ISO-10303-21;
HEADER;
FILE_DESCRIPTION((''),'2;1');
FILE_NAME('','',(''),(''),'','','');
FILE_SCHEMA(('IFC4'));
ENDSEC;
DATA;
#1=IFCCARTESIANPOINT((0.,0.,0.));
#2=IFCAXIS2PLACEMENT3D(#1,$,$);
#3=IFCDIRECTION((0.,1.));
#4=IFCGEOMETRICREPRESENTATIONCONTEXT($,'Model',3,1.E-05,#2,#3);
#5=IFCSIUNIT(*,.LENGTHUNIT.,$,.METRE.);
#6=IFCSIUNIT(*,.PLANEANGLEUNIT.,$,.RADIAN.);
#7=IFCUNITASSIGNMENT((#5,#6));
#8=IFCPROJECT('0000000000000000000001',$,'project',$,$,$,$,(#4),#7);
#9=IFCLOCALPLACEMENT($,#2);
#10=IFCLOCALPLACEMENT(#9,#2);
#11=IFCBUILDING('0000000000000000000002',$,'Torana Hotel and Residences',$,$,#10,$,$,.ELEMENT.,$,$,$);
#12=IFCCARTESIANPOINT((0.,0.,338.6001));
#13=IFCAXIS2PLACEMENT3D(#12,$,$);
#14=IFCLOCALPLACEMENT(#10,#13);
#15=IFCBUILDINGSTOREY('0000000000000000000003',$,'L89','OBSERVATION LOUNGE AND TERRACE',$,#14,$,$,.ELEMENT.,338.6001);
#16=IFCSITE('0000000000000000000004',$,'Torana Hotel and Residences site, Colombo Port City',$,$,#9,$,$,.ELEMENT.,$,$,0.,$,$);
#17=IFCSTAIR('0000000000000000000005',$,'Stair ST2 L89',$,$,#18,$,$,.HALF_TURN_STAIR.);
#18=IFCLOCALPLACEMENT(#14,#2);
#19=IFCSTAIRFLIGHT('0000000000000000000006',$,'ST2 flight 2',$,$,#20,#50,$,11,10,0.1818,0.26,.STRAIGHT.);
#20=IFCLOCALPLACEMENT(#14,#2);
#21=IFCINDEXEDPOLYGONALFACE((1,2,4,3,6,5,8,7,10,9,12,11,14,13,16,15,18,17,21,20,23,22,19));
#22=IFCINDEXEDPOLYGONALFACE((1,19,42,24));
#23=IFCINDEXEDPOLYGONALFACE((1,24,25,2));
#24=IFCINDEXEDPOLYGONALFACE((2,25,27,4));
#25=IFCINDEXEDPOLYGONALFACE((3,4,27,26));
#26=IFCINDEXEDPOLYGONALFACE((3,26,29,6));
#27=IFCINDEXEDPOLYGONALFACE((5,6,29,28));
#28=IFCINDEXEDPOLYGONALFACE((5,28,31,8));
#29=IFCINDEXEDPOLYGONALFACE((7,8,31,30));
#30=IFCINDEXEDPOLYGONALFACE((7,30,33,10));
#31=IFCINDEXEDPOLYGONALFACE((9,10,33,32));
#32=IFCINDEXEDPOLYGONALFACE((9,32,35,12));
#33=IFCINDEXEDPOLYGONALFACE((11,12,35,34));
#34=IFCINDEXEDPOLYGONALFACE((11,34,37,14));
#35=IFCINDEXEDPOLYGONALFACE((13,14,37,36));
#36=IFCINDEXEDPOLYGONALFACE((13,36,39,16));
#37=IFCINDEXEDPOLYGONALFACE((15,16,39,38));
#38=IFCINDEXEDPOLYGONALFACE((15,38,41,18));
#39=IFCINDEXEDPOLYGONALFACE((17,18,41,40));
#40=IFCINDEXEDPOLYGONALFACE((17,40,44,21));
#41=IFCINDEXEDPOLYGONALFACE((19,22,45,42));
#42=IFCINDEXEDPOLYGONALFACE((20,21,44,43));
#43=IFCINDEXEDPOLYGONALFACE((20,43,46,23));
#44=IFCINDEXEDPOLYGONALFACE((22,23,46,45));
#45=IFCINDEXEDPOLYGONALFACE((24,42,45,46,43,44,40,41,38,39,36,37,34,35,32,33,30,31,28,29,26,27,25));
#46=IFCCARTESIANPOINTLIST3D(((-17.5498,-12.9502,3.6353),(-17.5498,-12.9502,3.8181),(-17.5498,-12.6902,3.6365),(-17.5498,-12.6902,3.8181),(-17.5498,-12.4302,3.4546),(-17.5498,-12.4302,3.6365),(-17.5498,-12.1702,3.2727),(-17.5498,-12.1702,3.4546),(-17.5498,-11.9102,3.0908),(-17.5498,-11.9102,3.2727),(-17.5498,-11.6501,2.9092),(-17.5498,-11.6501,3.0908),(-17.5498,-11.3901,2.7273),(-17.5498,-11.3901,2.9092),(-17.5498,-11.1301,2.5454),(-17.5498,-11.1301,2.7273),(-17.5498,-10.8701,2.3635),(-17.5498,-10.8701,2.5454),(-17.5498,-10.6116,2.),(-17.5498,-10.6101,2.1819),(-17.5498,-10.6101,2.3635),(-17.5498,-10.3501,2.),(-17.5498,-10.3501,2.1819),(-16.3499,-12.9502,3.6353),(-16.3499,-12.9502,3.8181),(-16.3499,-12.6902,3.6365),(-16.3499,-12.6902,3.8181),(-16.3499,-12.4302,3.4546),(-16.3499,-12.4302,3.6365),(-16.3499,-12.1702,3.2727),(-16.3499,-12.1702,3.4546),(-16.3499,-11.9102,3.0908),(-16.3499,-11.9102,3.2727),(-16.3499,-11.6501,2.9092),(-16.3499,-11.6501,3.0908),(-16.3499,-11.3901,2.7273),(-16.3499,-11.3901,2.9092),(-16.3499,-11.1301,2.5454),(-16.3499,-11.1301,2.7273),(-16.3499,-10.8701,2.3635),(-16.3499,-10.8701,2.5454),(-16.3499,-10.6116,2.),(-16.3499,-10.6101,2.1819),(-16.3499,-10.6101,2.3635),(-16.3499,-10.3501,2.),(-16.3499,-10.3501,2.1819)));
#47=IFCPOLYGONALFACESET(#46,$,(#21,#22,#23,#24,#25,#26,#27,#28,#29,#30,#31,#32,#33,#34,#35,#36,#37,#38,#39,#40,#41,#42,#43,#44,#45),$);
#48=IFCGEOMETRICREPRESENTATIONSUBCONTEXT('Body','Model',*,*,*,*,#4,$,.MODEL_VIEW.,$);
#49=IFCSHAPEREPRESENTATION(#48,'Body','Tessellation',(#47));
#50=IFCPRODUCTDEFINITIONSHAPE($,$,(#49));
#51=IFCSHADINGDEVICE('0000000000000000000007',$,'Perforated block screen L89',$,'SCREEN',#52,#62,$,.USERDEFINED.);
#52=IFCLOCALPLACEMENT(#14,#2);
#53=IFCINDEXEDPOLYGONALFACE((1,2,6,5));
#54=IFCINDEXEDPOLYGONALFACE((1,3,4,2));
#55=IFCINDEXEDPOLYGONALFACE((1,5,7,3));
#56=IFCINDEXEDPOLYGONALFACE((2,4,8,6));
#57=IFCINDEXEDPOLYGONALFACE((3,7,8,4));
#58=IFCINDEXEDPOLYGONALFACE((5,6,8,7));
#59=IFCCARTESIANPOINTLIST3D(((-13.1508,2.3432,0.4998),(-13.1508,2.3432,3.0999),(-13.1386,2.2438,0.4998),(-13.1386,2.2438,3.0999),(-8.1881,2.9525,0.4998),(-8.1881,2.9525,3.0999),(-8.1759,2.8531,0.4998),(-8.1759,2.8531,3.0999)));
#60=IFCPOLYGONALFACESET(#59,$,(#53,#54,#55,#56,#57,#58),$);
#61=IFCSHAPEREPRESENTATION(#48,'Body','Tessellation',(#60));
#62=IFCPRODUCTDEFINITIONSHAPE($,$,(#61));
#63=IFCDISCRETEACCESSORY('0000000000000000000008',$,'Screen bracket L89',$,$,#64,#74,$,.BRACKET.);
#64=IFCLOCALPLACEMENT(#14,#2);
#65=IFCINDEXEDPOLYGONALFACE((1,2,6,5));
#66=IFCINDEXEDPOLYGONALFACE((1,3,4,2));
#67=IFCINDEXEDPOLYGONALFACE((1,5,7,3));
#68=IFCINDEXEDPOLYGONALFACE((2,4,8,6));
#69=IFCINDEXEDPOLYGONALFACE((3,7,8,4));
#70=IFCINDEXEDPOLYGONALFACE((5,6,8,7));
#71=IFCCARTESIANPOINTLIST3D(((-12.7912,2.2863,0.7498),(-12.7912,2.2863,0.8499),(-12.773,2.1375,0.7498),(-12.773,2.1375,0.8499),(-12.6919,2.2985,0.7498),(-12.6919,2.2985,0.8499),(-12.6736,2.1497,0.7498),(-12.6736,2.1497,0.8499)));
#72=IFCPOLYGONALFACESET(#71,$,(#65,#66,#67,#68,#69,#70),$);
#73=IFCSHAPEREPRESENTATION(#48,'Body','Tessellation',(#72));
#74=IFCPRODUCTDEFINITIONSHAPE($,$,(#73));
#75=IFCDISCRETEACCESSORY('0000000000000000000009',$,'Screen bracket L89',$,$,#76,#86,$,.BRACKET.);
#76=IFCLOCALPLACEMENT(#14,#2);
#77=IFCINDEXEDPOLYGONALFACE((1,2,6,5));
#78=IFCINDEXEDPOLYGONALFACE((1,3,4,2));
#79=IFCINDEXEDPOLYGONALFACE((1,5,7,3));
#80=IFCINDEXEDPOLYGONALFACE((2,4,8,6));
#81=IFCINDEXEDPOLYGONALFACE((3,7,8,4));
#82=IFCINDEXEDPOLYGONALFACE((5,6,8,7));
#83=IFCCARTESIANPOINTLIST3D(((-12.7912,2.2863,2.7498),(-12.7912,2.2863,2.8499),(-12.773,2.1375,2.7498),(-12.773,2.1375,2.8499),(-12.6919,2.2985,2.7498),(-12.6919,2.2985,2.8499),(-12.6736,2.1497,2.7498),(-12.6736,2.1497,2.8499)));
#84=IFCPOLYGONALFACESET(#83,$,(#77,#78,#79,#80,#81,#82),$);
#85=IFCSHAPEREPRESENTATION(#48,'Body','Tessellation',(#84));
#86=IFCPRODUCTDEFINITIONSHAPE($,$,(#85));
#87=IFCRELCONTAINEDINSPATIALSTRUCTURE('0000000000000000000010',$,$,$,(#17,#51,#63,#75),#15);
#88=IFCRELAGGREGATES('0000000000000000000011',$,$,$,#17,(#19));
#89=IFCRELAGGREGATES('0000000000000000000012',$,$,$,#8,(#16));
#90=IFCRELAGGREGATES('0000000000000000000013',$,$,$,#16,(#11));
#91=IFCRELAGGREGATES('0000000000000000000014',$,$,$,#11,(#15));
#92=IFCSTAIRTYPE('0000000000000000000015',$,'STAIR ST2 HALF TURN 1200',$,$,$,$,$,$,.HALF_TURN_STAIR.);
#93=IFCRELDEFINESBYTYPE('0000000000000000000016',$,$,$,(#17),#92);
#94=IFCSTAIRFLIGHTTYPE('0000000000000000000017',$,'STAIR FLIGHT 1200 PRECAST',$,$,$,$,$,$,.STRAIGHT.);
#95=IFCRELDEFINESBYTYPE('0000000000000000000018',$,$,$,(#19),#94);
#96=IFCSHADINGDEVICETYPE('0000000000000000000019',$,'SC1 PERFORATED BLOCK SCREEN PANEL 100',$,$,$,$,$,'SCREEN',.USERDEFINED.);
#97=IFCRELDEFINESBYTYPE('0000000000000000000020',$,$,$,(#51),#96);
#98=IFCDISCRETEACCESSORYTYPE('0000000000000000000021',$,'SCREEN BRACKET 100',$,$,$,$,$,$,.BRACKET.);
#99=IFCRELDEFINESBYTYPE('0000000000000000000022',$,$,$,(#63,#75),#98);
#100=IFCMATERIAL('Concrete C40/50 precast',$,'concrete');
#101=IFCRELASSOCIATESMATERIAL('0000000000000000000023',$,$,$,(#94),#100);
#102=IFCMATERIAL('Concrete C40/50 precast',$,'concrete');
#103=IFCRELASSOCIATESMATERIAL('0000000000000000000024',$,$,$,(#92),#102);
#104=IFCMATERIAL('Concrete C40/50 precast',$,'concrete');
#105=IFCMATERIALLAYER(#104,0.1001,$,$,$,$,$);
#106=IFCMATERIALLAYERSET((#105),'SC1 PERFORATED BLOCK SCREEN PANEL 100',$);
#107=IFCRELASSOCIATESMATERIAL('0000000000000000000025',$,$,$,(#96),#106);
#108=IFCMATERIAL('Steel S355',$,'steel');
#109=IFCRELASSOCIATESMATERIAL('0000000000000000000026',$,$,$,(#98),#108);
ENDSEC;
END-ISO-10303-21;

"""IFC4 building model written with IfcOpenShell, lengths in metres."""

from ifc_helpers import new_model, si_unit, direction, frame, origin, origin_2d, place, context, subcontext, project, spatial, polyline, rectangle, outline, extrude, material, layer, layer_set, type_object, element, aggregate, save


model = new_model("IFC4")

# Units and contexts
model_context = context("Model", 3, precision=1e-05, world=origin(), true_north=direction((0.0, 1.0)))
body_context = subcontext(model_context, "Body", "Model", "MODEL_VIEW")
ifc_project = project(units=[si_unit("LENGTHUNIT", "METRE"), si_unit("PLANEANGLEUNIT", "RADIAN")], contexts=[model_context])

# Site, building, storey
site_placement = place(None, origin())
site = spatial("IfcSite", under=ifc_project, at=site_placement, Name="Torana Hotel and Residences site, Colombo Port City", CompositionType="ELEMENT", RefElevation=0.0)
building_placement = place(site_placement, origin())
building = spatial("IfcBuilding", under=site, at=building_placement, Name="Torana Hotel and Residences", CompositionType="ELEMENT")
storey_placement = place(building_placement, frame((0.0, 0.0, 338.6001)))
storey = spatial("IfcBuildingStorey", under=building, at=storey_placement, Name="L89", Description="OBSERVATION LOUNGE AND TERRACE", CompositionType="ELEMENT", Elevation=338.6001)

# Stair, stair flight
ifc_material_1 = material(Name="Concrete C40/50 precast", Category="concrete")
stair_flight_type = type_object("IfcStairFlightType", Name="STAIR FLIGHT 1200 PRECAST", PredefinedType="STRAIGHT", material=ifc_material_1)
ifc_material_2 = material(Name="Concrete C40/50 precast", Category="concrete")
stair_type_1 = type_object("IfcStairType", Name="STAIR ST2 HALF TURN 1200", PredefinedType="HALF_TURN_STAIR", material=ifc_material_2)
stair_1_placement = place(storey_placement, origin())
stair_1 = element("IfcStair", 1, at=stair_1_placement, inside=storey, type_object=stair_type_1, Name="Stair ST2 L89", PredefinedType="HALF_TURN_STAIR")
stair_flight_1_placement = place(storey_placement, frame((-16.95, -10.3501, 2.0), z_axis=(0.0, 0.0, 1.0), x_axis=(0.0, -1.0, 0.0)))
stair_flight_1 = element("IfcStairFlight", 2, at=stair_flight_1_placement, type_object=stair_flight_type, Name="ST2 flight 2", NumberOfRisers=11, NumberOfTreads=10, PredefinedType="STRAIGHT", RiserHeight=0.1818, TreadLength=0.26, context=body_context, shape_type="SweptSolid", body=[
    extrude(outline(polyline([(0.0, 0.0), (0.0, 0.1819), (0.26, 0.1819), (0.26, 0.3635), (0.52, 0.3635), (0.52, 0.5454), (0.78, 0.5454), (0.78, 0.7273), (1.04, 0.7273), (1.04, 0.9092), (1.3, 0.9092), (1.3, 1.0908), (1.5601, 1.0908), (1.5601, 1.2727), (1.8201, 1.2727), (1.8201, 1.4546), (2.0801, 1.4546), (2.0801, 1.6365), (2.3401, 1.6365), (2.3401, 1.8181), (2.6001, 1.8181), (2.6001, 2.0), (2.6001, 1.6353), (0.2615, 0.0), (0.0, 0.0)])), frame((0.0, 0.6001, 0.0), z_axis=(0.0, -1.0, 0.0), x_axis=(1.0, 0.0, 0.0)), (0.0, 0.0, 1.0), 1.2),
])
aggregate(stair_1, [stair_flight_1])

# Shading device
ifc_material_3 = material(Name="Concrete C40/50 precast", Category="concrete")
ifc_layer_1 = layer(ifc_material_3, 0.1001)
ifc_layer_set_1 = layer_set([ifc_layer_1], Name="SC1 PERFORATED BLOCK SCREEN PANEL 100")
shading_device_type = type_object("IfcShadingDeviceType", Name="SC1 PERFORATED BLOCK SCREEN PANEL 100", ElementType="SCREEN", PredefinedType="USERDEFINED", material=ifc_layer_set_1)
shading_device_placement = place(storey_placement, frame((-10.6633, 2.5981, 0.4998), z_axis=(0.0, 0.0, 1.0), x_axis=(-0.992547, -0.121866, 0.0)))
element("IfcShadingDevice", 3, at=shading_device_placement, inside=storey, type_object=shading_device_type, Name="Perforated block screen L89", ObjectType="SCREEN", PredefinedType="USERDEFINED", context=body_context, shape_type="SweptSolid", body=[
    extrude(rectangle(XDim=5.0, YDim=0.1001, at=origin_2d()), origin(), (0.0, 0.0, 1.0), 2.6001),
])

# Discrete accessories
ifc_material_4 = material(Name="Steel S355", Category="steel")
discrete_accessory_type = type_object("IfcDiscreteAccessoryType", Name="SCREEN BRACKET 100", PredefinedType="BRACKET", material=ifc_material_4)
for number, where, z_axis, x_axis, name in (
    (4, (-12.7324, 2.218, 0.7498), (0.0, 0.0, 1.0), (-0.992547, -0.121866, 0.0), "Screen bracket L89"),
    (5, (-12.7324, 2.218, 2.7498), (0.0, 0.0, 1.0), (-0.992547, -0.121866, 0.0), "Screen bracket L89"),
):
    element("IfcDiscreteAccessory", number, at=place(storey_placement, frame(where, z_axis=z_axis, x_axis=x_axis)), inside=storey, type_object=discrete_accessory_type, Name=name, PredefinedType="BRACKET", context=body_context, shape_type="SweptSolid", body=[
        extrude(rectangle(XDim=0.1001, YDim=0.1499, at=origin_2d()), origin(), (0.0, 0.0, 1.0), 0.1001),
    ])

save(model, "model.ifc")
